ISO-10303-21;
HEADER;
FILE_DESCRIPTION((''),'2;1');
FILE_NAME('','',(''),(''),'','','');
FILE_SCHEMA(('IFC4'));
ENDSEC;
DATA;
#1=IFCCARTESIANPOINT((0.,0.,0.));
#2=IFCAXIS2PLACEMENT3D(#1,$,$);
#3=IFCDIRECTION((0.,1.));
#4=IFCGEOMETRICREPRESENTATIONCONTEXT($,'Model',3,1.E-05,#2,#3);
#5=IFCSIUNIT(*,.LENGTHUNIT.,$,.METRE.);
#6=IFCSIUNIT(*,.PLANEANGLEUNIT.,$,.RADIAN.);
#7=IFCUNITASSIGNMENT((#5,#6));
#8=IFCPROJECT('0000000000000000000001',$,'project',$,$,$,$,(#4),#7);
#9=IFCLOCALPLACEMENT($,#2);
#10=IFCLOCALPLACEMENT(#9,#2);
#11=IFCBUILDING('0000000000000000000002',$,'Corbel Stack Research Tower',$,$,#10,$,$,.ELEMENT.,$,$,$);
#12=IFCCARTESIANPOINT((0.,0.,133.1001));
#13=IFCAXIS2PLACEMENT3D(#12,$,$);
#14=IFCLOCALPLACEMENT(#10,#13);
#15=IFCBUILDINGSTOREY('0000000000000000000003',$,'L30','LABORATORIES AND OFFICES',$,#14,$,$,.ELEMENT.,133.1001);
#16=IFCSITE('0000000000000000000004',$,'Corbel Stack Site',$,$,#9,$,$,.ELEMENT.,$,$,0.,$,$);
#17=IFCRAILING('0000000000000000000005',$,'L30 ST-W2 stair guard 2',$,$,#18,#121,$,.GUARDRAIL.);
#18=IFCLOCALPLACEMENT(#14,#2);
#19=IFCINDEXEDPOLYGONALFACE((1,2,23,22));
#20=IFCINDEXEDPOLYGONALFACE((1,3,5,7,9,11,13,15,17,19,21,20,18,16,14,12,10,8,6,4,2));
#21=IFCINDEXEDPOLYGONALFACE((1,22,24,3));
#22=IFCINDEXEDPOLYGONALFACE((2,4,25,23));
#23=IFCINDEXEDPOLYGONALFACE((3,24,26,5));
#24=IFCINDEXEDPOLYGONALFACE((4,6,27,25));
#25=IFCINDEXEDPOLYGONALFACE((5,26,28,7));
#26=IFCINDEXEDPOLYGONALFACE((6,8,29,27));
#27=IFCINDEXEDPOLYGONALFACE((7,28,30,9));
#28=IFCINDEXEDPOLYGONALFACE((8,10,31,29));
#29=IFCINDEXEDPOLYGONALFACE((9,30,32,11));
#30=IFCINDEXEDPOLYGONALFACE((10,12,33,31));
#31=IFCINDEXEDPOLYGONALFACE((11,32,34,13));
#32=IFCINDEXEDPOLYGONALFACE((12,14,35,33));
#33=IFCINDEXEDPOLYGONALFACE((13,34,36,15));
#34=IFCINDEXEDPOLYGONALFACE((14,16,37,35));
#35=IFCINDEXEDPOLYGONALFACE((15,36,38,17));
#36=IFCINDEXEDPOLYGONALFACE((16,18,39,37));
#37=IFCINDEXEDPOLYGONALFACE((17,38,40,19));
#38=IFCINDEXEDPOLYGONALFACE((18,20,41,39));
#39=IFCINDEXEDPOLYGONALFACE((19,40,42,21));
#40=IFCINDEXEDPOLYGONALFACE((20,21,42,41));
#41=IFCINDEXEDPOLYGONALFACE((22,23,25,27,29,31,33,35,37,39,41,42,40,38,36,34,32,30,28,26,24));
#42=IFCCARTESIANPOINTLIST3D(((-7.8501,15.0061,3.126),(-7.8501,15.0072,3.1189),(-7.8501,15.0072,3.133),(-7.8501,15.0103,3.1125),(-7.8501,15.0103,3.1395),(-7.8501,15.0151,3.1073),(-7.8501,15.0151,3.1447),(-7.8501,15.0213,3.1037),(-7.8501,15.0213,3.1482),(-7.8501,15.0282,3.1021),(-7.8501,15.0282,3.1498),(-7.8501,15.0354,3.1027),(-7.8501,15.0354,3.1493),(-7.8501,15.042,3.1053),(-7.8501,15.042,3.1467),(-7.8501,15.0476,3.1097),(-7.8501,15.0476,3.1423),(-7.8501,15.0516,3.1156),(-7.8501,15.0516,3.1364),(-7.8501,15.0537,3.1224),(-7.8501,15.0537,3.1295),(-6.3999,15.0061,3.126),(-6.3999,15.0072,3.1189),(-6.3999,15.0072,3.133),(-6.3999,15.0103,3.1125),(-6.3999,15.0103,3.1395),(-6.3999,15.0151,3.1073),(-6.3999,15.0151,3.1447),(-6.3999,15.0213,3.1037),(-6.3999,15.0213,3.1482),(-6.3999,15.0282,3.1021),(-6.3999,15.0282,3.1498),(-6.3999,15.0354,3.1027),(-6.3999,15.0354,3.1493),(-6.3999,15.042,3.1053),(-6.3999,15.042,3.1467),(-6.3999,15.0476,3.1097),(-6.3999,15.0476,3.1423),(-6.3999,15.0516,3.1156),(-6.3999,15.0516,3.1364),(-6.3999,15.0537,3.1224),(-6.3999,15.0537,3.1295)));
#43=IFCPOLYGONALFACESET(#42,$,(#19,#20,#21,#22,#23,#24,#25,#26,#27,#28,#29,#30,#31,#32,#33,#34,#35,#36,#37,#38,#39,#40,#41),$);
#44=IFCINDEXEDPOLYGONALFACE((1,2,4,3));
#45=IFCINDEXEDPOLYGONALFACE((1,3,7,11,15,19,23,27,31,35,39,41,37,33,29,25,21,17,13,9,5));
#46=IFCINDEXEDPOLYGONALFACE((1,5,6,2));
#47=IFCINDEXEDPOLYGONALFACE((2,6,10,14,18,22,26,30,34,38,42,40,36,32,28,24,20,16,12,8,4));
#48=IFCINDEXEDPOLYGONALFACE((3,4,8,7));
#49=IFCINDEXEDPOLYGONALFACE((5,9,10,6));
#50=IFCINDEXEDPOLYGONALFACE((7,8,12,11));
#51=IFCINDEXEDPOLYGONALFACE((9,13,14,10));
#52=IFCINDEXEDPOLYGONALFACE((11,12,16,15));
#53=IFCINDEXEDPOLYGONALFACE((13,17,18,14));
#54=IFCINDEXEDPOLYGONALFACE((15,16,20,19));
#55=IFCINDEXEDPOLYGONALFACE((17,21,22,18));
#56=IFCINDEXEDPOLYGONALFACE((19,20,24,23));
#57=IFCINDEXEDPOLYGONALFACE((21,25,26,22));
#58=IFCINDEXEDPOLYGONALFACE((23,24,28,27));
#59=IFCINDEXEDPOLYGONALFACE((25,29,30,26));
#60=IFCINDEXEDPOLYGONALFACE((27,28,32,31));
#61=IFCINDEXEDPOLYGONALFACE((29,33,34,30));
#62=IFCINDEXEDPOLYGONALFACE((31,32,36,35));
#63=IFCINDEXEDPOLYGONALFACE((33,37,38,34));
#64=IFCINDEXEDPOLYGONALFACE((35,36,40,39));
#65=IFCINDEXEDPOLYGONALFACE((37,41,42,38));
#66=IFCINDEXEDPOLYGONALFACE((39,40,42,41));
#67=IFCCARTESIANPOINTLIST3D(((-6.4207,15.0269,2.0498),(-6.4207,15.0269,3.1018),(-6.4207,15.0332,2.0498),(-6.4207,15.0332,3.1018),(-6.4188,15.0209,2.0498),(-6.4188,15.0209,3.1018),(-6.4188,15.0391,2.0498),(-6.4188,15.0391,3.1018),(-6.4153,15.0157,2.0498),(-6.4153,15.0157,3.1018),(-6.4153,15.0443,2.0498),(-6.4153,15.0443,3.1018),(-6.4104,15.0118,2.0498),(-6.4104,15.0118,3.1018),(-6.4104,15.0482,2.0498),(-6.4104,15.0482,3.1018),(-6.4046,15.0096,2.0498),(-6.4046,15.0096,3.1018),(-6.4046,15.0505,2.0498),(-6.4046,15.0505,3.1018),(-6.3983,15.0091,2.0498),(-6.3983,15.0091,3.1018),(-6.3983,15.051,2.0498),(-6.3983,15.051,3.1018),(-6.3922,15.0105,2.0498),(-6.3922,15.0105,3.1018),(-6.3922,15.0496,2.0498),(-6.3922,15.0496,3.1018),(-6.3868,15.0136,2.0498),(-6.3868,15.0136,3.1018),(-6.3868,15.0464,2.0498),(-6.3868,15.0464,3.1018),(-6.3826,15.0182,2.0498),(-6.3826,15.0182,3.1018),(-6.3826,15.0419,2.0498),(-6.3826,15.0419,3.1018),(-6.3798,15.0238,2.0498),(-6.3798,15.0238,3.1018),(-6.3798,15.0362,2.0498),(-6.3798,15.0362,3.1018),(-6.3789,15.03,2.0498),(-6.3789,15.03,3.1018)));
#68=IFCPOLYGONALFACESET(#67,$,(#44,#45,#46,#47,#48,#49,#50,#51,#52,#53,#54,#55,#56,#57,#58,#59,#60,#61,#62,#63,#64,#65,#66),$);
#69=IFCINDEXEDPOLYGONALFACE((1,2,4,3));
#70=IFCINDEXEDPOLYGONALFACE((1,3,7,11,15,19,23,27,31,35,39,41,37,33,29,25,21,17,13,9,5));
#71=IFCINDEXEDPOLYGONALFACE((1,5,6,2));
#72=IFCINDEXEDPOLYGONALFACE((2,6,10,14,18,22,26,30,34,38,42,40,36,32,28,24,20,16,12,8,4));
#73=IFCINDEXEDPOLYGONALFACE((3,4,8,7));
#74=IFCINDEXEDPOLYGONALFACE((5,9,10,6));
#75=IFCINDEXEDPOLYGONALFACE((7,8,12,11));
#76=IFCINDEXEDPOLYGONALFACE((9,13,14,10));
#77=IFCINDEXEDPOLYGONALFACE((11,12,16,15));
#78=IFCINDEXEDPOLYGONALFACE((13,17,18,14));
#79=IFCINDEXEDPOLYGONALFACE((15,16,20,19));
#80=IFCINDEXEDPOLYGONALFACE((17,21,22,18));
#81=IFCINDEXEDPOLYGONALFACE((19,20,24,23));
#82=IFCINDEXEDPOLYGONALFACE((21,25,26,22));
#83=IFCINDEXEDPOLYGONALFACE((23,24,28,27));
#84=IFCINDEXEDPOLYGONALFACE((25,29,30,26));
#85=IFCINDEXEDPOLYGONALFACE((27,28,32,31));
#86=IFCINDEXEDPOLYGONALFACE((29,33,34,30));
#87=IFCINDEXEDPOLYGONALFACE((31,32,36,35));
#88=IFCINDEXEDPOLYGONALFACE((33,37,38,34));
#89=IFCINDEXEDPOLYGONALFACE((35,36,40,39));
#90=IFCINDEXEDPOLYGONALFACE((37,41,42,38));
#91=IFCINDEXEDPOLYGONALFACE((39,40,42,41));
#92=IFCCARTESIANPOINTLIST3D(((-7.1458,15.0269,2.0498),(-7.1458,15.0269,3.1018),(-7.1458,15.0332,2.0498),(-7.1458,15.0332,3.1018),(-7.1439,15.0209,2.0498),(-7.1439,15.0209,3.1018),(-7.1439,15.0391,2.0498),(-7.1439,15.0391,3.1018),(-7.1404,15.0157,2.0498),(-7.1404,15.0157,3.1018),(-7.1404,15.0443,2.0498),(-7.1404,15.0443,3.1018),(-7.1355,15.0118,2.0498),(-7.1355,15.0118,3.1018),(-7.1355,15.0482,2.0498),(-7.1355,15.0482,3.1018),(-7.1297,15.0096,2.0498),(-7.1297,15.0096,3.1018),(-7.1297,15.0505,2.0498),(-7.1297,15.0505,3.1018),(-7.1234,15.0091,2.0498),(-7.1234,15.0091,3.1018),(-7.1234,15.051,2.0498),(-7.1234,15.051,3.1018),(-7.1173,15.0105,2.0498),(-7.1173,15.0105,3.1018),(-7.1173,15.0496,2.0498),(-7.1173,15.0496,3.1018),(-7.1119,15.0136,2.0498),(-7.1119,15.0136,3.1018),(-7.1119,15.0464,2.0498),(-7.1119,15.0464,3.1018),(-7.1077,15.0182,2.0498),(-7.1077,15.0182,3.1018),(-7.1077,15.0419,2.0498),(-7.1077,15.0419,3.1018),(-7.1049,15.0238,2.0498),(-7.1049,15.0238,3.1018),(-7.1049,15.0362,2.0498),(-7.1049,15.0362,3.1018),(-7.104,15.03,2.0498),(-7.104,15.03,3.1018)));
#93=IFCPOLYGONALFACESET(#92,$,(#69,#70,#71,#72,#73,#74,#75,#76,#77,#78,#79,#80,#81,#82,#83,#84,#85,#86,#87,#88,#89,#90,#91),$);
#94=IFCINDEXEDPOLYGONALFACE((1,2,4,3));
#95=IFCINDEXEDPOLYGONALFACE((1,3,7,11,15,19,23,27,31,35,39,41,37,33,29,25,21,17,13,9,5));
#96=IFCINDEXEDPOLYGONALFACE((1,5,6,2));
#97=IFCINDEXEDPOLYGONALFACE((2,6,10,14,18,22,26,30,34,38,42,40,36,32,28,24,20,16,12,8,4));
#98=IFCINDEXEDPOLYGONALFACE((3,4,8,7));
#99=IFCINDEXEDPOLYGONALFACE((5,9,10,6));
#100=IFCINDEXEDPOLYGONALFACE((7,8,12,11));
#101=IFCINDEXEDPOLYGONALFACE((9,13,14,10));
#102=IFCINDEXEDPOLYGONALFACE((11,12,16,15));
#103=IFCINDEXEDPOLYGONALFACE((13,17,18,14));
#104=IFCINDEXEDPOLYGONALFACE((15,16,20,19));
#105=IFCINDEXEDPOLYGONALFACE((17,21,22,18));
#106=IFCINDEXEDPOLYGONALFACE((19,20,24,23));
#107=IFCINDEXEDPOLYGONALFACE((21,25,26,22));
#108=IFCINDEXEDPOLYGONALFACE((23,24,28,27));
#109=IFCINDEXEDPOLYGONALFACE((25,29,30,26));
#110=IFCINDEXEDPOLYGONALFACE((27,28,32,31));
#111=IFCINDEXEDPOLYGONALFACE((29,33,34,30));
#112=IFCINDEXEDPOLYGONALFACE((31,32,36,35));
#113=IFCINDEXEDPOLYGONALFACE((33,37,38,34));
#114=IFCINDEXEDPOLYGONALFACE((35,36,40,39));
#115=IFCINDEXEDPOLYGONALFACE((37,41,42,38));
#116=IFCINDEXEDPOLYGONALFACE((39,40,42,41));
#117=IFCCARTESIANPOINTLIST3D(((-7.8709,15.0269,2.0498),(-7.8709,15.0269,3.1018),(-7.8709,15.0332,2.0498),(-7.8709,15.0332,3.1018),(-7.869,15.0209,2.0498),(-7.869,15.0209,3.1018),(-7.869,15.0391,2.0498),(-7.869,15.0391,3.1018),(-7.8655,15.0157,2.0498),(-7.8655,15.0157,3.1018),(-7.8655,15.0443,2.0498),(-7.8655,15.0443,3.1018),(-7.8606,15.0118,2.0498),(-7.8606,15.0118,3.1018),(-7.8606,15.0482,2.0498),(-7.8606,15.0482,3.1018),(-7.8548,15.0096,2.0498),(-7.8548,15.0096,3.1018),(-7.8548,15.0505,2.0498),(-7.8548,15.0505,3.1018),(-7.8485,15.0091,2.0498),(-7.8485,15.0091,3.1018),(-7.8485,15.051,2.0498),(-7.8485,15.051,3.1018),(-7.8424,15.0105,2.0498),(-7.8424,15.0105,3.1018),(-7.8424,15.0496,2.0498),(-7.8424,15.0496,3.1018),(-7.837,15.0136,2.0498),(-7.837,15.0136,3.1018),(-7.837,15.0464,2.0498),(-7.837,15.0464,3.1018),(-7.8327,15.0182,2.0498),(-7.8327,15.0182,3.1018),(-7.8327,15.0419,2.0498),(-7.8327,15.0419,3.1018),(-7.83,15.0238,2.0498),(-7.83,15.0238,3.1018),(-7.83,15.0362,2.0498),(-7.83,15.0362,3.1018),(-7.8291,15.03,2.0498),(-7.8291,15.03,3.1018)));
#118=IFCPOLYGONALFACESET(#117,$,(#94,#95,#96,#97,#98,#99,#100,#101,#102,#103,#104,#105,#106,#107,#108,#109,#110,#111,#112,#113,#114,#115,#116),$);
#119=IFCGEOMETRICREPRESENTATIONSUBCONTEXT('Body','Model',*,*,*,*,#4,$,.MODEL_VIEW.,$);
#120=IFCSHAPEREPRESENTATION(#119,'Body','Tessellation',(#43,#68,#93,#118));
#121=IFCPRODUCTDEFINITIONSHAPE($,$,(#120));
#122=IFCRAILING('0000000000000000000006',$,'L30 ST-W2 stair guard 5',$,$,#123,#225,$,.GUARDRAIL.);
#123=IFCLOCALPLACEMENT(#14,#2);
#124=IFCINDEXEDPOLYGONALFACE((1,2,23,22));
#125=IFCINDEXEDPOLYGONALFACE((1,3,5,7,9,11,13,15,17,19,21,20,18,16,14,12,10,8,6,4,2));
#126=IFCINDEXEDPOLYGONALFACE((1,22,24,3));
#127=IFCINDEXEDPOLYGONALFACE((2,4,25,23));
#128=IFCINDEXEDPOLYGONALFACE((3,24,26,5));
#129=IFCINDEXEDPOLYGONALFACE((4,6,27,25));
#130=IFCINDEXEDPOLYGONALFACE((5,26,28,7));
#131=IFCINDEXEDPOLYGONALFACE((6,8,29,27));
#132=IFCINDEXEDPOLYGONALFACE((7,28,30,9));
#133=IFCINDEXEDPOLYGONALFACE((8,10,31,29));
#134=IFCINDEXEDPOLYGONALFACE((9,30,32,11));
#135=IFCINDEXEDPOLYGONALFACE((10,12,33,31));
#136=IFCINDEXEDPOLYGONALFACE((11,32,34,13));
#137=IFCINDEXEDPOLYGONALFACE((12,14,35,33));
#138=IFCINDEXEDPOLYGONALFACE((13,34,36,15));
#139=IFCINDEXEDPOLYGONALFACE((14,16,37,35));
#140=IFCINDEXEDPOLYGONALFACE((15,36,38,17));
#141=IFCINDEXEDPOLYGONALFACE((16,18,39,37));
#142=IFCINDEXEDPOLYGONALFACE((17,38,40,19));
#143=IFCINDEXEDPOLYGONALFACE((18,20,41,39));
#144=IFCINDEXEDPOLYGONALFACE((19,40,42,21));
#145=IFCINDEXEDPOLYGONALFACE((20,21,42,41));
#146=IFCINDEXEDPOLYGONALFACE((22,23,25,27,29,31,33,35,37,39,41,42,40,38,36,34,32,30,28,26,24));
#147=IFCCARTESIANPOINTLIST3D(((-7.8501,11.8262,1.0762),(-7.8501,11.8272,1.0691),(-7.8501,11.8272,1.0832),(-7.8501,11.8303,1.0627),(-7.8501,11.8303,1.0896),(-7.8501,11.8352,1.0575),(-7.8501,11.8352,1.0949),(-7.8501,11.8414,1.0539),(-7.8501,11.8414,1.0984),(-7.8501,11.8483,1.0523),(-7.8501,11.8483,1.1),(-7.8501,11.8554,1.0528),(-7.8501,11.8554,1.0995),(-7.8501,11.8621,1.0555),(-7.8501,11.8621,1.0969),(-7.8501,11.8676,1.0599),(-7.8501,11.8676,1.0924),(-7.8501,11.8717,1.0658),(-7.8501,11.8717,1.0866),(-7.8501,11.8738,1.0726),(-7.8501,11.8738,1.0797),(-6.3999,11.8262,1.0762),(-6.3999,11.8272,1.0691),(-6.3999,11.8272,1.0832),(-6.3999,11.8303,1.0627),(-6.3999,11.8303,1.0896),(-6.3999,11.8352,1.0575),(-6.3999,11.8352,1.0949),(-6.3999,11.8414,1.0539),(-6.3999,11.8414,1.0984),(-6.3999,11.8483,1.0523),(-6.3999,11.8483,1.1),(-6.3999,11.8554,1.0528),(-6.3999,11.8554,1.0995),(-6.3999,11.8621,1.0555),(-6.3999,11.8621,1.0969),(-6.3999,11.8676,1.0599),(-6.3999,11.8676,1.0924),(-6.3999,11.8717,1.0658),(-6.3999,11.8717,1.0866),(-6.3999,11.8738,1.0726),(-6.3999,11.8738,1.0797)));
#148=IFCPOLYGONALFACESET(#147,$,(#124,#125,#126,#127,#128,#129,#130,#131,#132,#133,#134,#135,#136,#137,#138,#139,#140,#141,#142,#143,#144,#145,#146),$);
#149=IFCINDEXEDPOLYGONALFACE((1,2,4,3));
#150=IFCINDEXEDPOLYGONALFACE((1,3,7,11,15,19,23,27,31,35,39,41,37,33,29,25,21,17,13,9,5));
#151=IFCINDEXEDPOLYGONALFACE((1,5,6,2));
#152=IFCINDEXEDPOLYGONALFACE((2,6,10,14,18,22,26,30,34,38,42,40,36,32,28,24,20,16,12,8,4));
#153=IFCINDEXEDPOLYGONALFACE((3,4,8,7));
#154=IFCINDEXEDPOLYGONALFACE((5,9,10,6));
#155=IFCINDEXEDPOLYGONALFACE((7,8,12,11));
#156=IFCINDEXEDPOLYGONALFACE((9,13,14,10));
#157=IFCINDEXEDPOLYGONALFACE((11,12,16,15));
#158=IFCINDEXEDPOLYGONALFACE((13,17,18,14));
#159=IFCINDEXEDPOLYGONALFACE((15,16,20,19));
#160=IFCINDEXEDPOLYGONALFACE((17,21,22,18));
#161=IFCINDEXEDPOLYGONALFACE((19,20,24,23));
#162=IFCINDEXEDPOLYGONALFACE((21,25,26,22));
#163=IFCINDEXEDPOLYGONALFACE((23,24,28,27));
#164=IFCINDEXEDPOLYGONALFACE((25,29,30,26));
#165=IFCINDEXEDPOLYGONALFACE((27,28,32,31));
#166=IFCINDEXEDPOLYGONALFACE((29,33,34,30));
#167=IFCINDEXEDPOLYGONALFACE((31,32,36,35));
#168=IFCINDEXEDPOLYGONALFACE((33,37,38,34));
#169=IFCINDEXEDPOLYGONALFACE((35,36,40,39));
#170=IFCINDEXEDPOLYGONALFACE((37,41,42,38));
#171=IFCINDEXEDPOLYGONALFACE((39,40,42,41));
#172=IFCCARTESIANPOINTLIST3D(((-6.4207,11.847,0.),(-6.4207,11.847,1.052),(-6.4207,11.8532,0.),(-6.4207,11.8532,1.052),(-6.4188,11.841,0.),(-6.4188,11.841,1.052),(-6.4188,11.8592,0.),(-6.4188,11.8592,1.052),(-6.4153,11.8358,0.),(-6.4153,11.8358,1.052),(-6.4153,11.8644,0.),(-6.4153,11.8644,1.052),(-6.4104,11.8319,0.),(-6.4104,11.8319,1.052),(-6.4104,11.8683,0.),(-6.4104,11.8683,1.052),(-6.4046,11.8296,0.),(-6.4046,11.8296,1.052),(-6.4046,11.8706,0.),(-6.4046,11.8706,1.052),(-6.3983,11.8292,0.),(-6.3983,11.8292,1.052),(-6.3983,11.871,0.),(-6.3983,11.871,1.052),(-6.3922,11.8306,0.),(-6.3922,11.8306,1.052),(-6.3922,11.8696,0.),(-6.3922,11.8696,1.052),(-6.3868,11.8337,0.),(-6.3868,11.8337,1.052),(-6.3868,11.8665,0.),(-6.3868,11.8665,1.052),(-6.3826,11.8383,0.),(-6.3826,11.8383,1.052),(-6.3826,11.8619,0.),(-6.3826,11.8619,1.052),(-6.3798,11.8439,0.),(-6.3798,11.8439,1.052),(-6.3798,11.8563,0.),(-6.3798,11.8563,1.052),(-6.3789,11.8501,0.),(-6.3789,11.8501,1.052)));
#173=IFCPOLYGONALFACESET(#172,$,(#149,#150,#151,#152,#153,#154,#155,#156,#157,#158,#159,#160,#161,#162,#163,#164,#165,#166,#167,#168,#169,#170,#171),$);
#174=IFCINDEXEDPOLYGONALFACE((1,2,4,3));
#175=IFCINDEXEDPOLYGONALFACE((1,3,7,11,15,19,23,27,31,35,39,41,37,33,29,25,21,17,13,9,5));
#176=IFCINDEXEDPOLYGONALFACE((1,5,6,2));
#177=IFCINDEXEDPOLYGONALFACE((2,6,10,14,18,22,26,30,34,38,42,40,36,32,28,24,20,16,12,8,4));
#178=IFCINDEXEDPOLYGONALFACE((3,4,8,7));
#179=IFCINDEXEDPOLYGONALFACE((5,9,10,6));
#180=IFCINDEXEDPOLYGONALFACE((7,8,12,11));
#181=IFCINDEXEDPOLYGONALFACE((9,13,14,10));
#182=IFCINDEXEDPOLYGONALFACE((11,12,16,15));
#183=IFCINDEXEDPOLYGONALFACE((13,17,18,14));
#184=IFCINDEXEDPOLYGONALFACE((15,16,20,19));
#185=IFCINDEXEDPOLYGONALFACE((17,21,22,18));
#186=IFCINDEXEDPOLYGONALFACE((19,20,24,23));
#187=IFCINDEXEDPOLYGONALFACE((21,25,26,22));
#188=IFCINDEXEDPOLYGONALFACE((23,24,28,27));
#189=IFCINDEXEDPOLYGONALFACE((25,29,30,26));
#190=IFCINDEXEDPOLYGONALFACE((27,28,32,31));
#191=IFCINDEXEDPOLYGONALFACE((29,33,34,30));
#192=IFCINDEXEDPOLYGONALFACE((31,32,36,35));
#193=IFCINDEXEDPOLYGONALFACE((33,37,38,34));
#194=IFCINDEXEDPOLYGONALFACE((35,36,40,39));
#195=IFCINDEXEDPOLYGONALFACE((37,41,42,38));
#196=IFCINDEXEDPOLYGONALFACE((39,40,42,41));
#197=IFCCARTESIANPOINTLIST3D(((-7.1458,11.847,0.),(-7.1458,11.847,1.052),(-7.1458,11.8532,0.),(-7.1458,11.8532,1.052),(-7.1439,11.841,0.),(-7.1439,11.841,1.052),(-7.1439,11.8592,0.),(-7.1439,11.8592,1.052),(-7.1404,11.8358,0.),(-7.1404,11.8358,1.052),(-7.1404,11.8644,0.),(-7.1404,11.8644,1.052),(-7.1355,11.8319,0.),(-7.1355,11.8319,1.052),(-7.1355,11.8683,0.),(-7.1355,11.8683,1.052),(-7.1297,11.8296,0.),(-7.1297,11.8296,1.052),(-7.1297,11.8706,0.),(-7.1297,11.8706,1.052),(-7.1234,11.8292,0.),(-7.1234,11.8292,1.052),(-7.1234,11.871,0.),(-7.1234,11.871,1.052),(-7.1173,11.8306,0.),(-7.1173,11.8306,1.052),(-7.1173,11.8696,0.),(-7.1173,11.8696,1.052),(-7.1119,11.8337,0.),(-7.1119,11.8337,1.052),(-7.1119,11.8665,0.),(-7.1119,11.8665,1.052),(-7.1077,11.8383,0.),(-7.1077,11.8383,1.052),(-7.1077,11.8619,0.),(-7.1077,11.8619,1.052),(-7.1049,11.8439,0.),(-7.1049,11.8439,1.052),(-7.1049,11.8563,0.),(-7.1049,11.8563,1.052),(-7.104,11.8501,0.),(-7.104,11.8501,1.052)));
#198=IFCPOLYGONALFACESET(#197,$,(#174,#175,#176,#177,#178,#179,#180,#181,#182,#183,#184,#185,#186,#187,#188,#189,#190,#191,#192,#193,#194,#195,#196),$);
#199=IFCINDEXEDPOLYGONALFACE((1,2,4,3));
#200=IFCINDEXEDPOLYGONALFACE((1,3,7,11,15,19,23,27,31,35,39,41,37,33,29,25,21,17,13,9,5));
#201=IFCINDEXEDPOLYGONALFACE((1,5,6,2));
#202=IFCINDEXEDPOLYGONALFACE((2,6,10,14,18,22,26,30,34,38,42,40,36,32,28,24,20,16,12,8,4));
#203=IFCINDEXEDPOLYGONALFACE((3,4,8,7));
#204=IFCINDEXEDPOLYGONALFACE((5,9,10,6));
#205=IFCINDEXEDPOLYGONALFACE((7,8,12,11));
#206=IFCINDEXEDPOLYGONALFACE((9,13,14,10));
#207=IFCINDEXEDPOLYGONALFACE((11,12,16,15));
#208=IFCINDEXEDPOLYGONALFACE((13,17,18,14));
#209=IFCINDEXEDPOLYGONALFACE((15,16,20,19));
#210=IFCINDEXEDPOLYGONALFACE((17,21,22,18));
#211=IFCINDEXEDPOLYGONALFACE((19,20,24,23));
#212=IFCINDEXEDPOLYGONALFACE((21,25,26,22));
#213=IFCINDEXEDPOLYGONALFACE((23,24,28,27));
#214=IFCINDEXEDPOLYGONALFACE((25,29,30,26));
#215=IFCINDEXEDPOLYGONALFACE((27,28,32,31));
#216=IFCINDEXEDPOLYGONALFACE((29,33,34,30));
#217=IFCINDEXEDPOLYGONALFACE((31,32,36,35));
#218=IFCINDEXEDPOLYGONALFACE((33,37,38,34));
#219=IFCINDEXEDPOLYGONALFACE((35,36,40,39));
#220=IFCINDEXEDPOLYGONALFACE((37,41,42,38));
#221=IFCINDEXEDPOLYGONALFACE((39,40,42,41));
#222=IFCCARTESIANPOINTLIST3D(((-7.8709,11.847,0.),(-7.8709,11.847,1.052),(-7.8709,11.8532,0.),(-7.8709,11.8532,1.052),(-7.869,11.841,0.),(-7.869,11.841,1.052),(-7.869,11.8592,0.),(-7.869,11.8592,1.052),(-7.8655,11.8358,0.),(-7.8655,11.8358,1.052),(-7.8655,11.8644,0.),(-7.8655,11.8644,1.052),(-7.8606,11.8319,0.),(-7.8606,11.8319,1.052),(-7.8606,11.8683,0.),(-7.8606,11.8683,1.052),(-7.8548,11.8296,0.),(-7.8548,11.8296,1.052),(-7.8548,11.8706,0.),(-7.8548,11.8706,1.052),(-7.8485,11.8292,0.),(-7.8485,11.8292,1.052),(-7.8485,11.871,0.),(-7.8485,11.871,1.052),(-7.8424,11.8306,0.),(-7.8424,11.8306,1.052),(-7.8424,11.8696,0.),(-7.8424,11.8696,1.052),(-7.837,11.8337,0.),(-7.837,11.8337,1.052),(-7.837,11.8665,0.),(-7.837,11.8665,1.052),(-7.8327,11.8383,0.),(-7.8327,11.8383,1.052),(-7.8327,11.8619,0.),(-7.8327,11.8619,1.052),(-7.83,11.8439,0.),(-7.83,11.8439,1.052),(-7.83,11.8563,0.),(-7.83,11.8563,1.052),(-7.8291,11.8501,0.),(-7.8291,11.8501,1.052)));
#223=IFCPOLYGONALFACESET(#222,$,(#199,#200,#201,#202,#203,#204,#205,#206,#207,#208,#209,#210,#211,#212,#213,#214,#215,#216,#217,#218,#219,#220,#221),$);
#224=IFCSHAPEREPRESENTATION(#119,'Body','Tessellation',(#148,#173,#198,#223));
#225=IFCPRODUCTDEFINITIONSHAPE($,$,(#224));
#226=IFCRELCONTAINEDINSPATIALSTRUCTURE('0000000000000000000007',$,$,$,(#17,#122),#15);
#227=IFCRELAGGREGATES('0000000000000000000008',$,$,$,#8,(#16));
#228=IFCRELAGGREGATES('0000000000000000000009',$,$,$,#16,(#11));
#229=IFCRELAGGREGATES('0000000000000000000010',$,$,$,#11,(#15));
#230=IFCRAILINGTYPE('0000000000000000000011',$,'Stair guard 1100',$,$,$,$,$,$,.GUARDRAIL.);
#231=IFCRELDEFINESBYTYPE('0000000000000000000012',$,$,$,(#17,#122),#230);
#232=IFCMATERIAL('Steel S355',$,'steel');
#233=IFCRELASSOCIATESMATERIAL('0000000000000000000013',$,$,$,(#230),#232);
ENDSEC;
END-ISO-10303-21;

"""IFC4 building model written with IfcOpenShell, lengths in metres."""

from ifc_helpers import new_model, si_unit, direction, frame, origin, origin_2d, place, context, subcontext, project, spatial, circle, extrude, material, type_object, element, save


model = new_model("IFC4")

# Units and contexts
model_context = context("Model", 3, precision=1e-05, world=origin(), true_north=direction((0.0, 1.0)))
body_context = subcontext(model_context, "Body", "Model", "MODEL_VIEW")
ifc_project = project(units=[si_unit("LENGTHUNIT", "METRE"), si_unit("PLANEANGLEUNIT", "RADIAN")], contexts=[model_context])

# Site, building, storey
site_placement = place(None, origin())
site = spatial("IfcSite", under=ifc_project, at=site_placement, Name="Corbel Stack Site", CompositionType="ELEMENT", RefElevation=0.0)
building_placement = place(site_placement, origin())
building = spatial("IfcBuilding", under=site, at=building_placement, Name="Corbel Stack Research Tower", CompositionType="ELEMENT")
storey_placement = place(building_placement, frame((0.0, 0.0, 133.1001)))
storey = spatial("IfcBuildingStorey", under=building, at=storey_placement, Name="L30", Description="LABORATORIES AND OFFICES", CompositionType="ELEMENT", Elevation=133.1001)

# Railings
ifc_material_1 = material(Name="Steel S355", Category="steel")
railing_type_1 = type_object("IfcRailingType", Name="Stair guard 1100", PredefinedType="GUARDRAIL", material=ifc_material_1)
for number, where, name in (
    (1, (-6.3999, 15.03, 2.0498), "L30 ST-W2 stair guard 2"),
    (2, (-6.3999, 11.8501, 0.0), "L30 ST-W2 stair guard 5"),
):
    element("IfcRailing", number, at=place(storey_placement, frame(where)), inside=storey, type_object=railing_type_1, Name=name, PredefinedType="GUARDRAIL", context=body_context, shape_type="SweptSolid", body=[
        extrude(circle(Radius=0.0239, at=origin_2d()), frame((0.0, 0.0, 1.0762), z_axis=(-1.0, 0.0, 0.0), x_axis=(0.0, -1.0, 0.0)), (0.0, 0.0, 1.0), 1.4502),
        extrude(circle(Radius=0.021, at=origin_2d()), origin(), (0.0, 0.0, 1.0), 1.052),
        extrude(circle(Radius=0.021, at=origin_2d()), frame((-0.7251, 0.0, 0.0)), (0.0, 0.0, 1.0), 1.052),
        extrude(circle(Radius=0.021, at=origin_2d()), frame((-1.4502, 0.0, 0.0)), (0.0, 0.0, 1.0), 1.052),
    ])

save(model, "model.ifc")
